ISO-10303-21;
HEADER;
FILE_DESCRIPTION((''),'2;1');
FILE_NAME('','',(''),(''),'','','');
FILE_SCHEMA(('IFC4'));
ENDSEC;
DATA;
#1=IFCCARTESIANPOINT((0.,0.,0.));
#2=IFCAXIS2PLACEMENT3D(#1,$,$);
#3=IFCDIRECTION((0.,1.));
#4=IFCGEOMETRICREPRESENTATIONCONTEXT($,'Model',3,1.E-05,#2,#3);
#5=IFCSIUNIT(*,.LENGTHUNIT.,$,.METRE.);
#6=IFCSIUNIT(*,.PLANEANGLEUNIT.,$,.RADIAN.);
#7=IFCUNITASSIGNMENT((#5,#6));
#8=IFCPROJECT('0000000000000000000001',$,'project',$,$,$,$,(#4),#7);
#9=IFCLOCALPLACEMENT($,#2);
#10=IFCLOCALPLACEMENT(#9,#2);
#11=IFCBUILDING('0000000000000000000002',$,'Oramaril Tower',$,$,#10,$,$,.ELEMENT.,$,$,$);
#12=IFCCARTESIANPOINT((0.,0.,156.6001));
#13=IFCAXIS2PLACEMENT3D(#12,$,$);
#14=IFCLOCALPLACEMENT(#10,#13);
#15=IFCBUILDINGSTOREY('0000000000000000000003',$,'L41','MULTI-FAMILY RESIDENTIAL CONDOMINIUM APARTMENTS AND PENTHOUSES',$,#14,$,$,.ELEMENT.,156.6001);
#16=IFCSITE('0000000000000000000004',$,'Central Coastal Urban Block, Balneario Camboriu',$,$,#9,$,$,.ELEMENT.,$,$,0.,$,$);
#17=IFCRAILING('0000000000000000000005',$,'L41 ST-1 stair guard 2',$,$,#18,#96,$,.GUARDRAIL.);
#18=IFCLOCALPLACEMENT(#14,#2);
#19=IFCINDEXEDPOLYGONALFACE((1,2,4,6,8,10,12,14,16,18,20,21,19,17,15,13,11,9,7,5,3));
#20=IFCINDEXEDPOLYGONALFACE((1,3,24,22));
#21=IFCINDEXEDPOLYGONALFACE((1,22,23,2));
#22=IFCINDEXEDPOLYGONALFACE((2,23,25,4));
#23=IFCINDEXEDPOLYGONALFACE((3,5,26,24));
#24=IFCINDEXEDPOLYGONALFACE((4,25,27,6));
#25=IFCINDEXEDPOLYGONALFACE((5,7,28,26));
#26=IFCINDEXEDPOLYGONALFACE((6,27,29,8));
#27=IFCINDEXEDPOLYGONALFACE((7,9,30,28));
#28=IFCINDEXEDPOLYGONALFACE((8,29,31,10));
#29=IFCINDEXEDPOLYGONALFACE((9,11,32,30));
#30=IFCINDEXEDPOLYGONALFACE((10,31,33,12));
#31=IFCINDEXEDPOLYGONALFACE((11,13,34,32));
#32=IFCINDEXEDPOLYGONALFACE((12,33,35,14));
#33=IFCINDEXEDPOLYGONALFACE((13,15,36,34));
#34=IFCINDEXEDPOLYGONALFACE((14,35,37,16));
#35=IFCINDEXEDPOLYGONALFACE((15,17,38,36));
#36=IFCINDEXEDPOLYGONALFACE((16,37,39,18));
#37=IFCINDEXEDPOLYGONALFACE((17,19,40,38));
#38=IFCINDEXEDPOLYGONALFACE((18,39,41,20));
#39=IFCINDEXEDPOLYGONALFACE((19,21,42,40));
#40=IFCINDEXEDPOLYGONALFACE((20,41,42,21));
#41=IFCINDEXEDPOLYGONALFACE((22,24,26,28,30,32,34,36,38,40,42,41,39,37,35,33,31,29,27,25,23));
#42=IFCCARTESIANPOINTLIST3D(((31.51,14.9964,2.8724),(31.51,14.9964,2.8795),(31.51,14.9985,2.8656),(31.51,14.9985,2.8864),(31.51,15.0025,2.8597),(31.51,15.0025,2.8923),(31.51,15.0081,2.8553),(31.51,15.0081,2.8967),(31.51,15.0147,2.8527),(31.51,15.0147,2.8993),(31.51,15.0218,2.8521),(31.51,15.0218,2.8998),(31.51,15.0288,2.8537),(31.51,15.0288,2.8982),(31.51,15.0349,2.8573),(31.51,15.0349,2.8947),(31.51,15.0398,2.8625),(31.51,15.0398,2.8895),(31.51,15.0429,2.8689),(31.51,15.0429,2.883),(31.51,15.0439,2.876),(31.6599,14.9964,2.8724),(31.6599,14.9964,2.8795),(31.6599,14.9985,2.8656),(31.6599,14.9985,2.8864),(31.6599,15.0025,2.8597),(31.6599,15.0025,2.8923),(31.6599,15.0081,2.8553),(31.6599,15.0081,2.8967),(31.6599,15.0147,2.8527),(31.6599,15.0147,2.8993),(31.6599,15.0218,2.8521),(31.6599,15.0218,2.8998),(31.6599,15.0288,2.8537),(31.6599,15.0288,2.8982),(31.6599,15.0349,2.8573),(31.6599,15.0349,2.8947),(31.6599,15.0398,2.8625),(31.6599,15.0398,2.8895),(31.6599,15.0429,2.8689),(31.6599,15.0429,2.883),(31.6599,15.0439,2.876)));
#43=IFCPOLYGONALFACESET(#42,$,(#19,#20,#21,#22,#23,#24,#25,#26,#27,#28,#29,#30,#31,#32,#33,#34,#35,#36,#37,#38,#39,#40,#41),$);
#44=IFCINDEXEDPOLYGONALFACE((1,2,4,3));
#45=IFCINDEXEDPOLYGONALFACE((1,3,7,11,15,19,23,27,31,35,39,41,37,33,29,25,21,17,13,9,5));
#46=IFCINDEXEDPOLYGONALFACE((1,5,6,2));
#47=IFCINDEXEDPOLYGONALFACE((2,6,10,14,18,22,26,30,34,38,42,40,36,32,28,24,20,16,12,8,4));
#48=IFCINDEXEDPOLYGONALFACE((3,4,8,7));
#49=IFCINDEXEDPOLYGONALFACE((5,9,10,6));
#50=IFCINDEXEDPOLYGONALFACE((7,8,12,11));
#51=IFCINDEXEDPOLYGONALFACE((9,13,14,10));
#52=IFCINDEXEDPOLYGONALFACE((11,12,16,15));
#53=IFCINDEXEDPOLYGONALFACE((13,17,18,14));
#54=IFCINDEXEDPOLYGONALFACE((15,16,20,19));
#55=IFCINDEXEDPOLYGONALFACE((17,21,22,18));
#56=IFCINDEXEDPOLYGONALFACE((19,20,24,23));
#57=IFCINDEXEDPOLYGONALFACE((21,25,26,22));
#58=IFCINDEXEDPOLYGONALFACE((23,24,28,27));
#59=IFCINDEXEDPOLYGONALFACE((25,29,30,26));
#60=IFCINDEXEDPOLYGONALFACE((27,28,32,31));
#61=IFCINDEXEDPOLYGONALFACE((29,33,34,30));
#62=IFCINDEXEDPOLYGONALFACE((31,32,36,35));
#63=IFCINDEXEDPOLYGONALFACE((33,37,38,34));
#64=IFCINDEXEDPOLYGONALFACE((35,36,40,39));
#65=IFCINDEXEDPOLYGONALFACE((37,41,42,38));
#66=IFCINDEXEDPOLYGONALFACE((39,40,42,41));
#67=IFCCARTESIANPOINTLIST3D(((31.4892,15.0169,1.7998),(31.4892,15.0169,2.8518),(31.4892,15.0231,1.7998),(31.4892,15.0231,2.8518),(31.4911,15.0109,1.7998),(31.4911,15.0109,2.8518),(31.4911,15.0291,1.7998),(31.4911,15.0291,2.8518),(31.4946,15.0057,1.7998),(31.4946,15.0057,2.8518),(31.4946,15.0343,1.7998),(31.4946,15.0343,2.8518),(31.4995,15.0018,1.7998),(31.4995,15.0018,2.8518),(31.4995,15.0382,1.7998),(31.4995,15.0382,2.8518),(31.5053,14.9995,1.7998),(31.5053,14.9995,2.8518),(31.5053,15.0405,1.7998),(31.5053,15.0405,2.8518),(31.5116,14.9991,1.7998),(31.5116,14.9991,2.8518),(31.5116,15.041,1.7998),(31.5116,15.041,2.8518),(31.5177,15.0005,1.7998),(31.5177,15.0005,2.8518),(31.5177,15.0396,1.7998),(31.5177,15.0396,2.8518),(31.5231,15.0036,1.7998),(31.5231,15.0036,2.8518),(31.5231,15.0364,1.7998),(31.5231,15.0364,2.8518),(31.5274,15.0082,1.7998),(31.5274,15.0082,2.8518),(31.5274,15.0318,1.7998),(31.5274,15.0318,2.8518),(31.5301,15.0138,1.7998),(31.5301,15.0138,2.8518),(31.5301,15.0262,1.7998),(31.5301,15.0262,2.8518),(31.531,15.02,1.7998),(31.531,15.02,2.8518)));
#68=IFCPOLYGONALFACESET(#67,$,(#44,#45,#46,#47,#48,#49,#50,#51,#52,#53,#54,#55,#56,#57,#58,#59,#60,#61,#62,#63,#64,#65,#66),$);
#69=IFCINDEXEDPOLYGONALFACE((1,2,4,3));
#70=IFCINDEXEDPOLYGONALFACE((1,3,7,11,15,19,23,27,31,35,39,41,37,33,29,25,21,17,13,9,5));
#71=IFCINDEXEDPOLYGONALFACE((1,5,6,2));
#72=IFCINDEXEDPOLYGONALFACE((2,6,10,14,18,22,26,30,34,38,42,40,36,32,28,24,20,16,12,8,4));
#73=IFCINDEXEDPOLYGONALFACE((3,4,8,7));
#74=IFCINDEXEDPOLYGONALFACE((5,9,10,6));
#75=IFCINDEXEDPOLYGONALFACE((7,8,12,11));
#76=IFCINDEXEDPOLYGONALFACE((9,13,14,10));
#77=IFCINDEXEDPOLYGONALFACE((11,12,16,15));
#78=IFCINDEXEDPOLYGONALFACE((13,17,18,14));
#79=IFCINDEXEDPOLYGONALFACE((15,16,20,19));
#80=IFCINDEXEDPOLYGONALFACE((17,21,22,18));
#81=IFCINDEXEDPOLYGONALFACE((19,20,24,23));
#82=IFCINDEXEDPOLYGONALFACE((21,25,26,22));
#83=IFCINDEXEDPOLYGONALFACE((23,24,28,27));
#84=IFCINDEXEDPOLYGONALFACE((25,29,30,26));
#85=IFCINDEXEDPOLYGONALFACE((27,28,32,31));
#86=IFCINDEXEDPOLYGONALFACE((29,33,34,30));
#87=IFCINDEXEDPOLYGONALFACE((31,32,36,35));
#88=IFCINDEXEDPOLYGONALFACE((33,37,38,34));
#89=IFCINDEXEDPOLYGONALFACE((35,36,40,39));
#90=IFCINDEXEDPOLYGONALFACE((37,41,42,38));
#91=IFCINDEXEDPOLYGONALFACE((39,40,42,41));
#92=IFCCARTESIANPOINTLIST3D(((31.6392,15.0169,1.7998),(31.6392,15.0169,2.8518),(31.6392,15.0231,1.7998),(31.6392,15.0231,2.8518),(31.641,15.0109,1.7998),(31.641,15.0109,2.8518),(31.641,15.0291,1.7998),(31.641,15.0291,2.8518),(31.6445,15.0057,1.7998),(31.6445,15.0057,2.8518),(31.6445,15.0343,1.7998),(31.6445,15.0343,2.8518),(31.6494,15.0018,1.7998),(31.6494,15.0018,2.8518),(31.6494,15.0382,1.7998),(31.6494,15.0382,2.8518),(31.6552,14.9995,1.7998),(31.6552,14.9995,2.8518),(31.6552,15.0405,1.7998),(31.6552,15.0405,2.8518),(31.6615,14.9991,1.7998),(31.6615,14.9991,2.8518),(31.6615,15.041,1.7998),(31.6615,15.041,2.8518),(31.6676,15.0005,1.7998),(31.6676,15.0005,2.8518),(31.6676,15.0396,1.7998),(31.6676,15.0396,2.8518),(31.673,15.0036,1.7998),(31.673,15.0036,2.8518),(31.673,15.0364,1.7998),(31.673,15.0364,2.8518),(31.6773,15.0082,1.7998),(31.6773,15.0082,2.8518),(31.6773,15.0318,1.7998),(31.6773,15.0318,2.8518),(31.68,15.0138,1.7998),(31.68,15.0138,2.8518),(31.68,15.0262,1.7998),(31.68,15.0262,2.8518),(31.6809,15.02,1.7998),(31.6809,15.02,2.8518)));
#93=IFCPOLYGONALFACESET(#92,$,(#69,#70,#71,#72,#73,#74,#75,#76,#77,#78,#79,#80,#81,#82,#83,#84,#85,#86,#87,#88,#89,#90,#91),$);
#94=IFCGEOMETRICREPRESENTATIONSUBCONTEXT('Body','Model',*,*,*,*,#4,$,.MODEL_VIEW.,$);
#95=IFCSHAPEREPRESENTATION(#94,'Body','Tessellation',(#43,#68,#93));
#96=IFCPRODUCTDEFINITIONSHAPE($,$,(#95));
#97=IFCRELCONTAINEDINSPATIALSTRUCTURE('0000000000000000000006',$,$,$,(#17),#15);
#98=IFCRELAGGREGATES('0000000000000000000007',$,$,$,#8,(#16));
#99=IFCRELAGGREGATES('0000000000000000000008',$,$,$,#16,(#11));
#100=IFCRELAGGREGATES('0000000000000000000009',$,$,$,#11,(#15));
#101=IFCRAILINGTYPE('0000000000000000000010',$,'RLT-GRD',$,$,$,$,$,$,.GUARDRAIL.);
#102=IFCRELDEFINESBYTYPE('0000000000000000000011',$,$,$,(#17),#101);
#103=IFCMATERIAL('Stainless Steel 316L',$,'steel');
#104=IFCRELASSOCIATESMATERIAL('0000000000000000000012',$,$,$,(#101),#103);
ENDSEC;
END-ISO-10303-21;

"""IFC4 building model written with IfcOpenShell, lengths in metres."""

from ifc_helpers import new_model, si_unit, direction, frame, origin, origin_2d, place, context, subcontext, project, spatial, circle, extrude, material, type_object, element, save


model = new_model("IFC4")

# Units and contexts
model_context = context("Model", 3, precision=1e-05, world=origin(), true_north=direction((0.0, 1.0)))
body_context = subcontext(model_context, "Body", "Model", "MODEL_VIEW")
ifc_project = project(units=[si_unit("LENGTHUNIT", "METRE"), si_unit("PLANEANGLEUNIT", "RADIAN")], contexts=[model_context])

# Site, building, storey
site_placement = place(None, origin())
site = spatial("IfcSite", under=ifc_project, at=site_placement, Name="Central Coastal Urban Block, Balneario Camboriu", CompositionType="ELEMENT", RefElevation=0.0)
building_placement = place(site_placement, origin())
building = spatial("IfcBuilding", under=site, at=building_placement, Name="Oramaril Tower", CompositionType="ELEMENT")
storey_placement = place(building_placement, frame((0.0, 0.0, 156.6001)))
storey = spatial("IfcBuildingStorey", under=building, at=storey_placement, Name="L41", Description="MULTI-FAMILY RESIDENTIAL CONDOMINIUM APARTMENTS AND PENTHOUSES", CompositionType="ELEMENT", Elevation=156.6001)

# Railing
ifc_material_1 = material(Name="Stainless Steel 316L", Category="steel")
railing_type_1 = type_object("IfcRailingType", Name="RLT-GRD", PredefinedType="GUARDRAIL", material=ifc_material_1)
railing_1_placement = place(storey_placement, frame((31.51, 15.02, 1.7998)))
element("IfcRailing", 1, at=railing_1_placement, inside=storey, type_object=railing_type_1, Name="L41 ST-1 stair guard 2", PredefinedType="GUARDRAIL", context=body_context, shape_type="SweptSolid", body=[
    extrude(circle(Radius=0.0239, at=origin_2d()), frame((0.0, 0.0, 1.0762), z_axis=(1.0, 0.0, 0.0), x_axis=(0.0, 1.0, 0.0)), (0.0, 0.0, 1.0), 0.1499),
    extrude(circle(Radius=0.021, at=origin_2d()), origin(), (0.0, 0.0, 1.0), 1.052),
    extrude(circle(Radius=0.021, at=origin_2d()), frame((0.1499, 0.0, 0.0)), (0.0, 0.0, 1.0), 1.052),
])

save(model, "model.ifc")
